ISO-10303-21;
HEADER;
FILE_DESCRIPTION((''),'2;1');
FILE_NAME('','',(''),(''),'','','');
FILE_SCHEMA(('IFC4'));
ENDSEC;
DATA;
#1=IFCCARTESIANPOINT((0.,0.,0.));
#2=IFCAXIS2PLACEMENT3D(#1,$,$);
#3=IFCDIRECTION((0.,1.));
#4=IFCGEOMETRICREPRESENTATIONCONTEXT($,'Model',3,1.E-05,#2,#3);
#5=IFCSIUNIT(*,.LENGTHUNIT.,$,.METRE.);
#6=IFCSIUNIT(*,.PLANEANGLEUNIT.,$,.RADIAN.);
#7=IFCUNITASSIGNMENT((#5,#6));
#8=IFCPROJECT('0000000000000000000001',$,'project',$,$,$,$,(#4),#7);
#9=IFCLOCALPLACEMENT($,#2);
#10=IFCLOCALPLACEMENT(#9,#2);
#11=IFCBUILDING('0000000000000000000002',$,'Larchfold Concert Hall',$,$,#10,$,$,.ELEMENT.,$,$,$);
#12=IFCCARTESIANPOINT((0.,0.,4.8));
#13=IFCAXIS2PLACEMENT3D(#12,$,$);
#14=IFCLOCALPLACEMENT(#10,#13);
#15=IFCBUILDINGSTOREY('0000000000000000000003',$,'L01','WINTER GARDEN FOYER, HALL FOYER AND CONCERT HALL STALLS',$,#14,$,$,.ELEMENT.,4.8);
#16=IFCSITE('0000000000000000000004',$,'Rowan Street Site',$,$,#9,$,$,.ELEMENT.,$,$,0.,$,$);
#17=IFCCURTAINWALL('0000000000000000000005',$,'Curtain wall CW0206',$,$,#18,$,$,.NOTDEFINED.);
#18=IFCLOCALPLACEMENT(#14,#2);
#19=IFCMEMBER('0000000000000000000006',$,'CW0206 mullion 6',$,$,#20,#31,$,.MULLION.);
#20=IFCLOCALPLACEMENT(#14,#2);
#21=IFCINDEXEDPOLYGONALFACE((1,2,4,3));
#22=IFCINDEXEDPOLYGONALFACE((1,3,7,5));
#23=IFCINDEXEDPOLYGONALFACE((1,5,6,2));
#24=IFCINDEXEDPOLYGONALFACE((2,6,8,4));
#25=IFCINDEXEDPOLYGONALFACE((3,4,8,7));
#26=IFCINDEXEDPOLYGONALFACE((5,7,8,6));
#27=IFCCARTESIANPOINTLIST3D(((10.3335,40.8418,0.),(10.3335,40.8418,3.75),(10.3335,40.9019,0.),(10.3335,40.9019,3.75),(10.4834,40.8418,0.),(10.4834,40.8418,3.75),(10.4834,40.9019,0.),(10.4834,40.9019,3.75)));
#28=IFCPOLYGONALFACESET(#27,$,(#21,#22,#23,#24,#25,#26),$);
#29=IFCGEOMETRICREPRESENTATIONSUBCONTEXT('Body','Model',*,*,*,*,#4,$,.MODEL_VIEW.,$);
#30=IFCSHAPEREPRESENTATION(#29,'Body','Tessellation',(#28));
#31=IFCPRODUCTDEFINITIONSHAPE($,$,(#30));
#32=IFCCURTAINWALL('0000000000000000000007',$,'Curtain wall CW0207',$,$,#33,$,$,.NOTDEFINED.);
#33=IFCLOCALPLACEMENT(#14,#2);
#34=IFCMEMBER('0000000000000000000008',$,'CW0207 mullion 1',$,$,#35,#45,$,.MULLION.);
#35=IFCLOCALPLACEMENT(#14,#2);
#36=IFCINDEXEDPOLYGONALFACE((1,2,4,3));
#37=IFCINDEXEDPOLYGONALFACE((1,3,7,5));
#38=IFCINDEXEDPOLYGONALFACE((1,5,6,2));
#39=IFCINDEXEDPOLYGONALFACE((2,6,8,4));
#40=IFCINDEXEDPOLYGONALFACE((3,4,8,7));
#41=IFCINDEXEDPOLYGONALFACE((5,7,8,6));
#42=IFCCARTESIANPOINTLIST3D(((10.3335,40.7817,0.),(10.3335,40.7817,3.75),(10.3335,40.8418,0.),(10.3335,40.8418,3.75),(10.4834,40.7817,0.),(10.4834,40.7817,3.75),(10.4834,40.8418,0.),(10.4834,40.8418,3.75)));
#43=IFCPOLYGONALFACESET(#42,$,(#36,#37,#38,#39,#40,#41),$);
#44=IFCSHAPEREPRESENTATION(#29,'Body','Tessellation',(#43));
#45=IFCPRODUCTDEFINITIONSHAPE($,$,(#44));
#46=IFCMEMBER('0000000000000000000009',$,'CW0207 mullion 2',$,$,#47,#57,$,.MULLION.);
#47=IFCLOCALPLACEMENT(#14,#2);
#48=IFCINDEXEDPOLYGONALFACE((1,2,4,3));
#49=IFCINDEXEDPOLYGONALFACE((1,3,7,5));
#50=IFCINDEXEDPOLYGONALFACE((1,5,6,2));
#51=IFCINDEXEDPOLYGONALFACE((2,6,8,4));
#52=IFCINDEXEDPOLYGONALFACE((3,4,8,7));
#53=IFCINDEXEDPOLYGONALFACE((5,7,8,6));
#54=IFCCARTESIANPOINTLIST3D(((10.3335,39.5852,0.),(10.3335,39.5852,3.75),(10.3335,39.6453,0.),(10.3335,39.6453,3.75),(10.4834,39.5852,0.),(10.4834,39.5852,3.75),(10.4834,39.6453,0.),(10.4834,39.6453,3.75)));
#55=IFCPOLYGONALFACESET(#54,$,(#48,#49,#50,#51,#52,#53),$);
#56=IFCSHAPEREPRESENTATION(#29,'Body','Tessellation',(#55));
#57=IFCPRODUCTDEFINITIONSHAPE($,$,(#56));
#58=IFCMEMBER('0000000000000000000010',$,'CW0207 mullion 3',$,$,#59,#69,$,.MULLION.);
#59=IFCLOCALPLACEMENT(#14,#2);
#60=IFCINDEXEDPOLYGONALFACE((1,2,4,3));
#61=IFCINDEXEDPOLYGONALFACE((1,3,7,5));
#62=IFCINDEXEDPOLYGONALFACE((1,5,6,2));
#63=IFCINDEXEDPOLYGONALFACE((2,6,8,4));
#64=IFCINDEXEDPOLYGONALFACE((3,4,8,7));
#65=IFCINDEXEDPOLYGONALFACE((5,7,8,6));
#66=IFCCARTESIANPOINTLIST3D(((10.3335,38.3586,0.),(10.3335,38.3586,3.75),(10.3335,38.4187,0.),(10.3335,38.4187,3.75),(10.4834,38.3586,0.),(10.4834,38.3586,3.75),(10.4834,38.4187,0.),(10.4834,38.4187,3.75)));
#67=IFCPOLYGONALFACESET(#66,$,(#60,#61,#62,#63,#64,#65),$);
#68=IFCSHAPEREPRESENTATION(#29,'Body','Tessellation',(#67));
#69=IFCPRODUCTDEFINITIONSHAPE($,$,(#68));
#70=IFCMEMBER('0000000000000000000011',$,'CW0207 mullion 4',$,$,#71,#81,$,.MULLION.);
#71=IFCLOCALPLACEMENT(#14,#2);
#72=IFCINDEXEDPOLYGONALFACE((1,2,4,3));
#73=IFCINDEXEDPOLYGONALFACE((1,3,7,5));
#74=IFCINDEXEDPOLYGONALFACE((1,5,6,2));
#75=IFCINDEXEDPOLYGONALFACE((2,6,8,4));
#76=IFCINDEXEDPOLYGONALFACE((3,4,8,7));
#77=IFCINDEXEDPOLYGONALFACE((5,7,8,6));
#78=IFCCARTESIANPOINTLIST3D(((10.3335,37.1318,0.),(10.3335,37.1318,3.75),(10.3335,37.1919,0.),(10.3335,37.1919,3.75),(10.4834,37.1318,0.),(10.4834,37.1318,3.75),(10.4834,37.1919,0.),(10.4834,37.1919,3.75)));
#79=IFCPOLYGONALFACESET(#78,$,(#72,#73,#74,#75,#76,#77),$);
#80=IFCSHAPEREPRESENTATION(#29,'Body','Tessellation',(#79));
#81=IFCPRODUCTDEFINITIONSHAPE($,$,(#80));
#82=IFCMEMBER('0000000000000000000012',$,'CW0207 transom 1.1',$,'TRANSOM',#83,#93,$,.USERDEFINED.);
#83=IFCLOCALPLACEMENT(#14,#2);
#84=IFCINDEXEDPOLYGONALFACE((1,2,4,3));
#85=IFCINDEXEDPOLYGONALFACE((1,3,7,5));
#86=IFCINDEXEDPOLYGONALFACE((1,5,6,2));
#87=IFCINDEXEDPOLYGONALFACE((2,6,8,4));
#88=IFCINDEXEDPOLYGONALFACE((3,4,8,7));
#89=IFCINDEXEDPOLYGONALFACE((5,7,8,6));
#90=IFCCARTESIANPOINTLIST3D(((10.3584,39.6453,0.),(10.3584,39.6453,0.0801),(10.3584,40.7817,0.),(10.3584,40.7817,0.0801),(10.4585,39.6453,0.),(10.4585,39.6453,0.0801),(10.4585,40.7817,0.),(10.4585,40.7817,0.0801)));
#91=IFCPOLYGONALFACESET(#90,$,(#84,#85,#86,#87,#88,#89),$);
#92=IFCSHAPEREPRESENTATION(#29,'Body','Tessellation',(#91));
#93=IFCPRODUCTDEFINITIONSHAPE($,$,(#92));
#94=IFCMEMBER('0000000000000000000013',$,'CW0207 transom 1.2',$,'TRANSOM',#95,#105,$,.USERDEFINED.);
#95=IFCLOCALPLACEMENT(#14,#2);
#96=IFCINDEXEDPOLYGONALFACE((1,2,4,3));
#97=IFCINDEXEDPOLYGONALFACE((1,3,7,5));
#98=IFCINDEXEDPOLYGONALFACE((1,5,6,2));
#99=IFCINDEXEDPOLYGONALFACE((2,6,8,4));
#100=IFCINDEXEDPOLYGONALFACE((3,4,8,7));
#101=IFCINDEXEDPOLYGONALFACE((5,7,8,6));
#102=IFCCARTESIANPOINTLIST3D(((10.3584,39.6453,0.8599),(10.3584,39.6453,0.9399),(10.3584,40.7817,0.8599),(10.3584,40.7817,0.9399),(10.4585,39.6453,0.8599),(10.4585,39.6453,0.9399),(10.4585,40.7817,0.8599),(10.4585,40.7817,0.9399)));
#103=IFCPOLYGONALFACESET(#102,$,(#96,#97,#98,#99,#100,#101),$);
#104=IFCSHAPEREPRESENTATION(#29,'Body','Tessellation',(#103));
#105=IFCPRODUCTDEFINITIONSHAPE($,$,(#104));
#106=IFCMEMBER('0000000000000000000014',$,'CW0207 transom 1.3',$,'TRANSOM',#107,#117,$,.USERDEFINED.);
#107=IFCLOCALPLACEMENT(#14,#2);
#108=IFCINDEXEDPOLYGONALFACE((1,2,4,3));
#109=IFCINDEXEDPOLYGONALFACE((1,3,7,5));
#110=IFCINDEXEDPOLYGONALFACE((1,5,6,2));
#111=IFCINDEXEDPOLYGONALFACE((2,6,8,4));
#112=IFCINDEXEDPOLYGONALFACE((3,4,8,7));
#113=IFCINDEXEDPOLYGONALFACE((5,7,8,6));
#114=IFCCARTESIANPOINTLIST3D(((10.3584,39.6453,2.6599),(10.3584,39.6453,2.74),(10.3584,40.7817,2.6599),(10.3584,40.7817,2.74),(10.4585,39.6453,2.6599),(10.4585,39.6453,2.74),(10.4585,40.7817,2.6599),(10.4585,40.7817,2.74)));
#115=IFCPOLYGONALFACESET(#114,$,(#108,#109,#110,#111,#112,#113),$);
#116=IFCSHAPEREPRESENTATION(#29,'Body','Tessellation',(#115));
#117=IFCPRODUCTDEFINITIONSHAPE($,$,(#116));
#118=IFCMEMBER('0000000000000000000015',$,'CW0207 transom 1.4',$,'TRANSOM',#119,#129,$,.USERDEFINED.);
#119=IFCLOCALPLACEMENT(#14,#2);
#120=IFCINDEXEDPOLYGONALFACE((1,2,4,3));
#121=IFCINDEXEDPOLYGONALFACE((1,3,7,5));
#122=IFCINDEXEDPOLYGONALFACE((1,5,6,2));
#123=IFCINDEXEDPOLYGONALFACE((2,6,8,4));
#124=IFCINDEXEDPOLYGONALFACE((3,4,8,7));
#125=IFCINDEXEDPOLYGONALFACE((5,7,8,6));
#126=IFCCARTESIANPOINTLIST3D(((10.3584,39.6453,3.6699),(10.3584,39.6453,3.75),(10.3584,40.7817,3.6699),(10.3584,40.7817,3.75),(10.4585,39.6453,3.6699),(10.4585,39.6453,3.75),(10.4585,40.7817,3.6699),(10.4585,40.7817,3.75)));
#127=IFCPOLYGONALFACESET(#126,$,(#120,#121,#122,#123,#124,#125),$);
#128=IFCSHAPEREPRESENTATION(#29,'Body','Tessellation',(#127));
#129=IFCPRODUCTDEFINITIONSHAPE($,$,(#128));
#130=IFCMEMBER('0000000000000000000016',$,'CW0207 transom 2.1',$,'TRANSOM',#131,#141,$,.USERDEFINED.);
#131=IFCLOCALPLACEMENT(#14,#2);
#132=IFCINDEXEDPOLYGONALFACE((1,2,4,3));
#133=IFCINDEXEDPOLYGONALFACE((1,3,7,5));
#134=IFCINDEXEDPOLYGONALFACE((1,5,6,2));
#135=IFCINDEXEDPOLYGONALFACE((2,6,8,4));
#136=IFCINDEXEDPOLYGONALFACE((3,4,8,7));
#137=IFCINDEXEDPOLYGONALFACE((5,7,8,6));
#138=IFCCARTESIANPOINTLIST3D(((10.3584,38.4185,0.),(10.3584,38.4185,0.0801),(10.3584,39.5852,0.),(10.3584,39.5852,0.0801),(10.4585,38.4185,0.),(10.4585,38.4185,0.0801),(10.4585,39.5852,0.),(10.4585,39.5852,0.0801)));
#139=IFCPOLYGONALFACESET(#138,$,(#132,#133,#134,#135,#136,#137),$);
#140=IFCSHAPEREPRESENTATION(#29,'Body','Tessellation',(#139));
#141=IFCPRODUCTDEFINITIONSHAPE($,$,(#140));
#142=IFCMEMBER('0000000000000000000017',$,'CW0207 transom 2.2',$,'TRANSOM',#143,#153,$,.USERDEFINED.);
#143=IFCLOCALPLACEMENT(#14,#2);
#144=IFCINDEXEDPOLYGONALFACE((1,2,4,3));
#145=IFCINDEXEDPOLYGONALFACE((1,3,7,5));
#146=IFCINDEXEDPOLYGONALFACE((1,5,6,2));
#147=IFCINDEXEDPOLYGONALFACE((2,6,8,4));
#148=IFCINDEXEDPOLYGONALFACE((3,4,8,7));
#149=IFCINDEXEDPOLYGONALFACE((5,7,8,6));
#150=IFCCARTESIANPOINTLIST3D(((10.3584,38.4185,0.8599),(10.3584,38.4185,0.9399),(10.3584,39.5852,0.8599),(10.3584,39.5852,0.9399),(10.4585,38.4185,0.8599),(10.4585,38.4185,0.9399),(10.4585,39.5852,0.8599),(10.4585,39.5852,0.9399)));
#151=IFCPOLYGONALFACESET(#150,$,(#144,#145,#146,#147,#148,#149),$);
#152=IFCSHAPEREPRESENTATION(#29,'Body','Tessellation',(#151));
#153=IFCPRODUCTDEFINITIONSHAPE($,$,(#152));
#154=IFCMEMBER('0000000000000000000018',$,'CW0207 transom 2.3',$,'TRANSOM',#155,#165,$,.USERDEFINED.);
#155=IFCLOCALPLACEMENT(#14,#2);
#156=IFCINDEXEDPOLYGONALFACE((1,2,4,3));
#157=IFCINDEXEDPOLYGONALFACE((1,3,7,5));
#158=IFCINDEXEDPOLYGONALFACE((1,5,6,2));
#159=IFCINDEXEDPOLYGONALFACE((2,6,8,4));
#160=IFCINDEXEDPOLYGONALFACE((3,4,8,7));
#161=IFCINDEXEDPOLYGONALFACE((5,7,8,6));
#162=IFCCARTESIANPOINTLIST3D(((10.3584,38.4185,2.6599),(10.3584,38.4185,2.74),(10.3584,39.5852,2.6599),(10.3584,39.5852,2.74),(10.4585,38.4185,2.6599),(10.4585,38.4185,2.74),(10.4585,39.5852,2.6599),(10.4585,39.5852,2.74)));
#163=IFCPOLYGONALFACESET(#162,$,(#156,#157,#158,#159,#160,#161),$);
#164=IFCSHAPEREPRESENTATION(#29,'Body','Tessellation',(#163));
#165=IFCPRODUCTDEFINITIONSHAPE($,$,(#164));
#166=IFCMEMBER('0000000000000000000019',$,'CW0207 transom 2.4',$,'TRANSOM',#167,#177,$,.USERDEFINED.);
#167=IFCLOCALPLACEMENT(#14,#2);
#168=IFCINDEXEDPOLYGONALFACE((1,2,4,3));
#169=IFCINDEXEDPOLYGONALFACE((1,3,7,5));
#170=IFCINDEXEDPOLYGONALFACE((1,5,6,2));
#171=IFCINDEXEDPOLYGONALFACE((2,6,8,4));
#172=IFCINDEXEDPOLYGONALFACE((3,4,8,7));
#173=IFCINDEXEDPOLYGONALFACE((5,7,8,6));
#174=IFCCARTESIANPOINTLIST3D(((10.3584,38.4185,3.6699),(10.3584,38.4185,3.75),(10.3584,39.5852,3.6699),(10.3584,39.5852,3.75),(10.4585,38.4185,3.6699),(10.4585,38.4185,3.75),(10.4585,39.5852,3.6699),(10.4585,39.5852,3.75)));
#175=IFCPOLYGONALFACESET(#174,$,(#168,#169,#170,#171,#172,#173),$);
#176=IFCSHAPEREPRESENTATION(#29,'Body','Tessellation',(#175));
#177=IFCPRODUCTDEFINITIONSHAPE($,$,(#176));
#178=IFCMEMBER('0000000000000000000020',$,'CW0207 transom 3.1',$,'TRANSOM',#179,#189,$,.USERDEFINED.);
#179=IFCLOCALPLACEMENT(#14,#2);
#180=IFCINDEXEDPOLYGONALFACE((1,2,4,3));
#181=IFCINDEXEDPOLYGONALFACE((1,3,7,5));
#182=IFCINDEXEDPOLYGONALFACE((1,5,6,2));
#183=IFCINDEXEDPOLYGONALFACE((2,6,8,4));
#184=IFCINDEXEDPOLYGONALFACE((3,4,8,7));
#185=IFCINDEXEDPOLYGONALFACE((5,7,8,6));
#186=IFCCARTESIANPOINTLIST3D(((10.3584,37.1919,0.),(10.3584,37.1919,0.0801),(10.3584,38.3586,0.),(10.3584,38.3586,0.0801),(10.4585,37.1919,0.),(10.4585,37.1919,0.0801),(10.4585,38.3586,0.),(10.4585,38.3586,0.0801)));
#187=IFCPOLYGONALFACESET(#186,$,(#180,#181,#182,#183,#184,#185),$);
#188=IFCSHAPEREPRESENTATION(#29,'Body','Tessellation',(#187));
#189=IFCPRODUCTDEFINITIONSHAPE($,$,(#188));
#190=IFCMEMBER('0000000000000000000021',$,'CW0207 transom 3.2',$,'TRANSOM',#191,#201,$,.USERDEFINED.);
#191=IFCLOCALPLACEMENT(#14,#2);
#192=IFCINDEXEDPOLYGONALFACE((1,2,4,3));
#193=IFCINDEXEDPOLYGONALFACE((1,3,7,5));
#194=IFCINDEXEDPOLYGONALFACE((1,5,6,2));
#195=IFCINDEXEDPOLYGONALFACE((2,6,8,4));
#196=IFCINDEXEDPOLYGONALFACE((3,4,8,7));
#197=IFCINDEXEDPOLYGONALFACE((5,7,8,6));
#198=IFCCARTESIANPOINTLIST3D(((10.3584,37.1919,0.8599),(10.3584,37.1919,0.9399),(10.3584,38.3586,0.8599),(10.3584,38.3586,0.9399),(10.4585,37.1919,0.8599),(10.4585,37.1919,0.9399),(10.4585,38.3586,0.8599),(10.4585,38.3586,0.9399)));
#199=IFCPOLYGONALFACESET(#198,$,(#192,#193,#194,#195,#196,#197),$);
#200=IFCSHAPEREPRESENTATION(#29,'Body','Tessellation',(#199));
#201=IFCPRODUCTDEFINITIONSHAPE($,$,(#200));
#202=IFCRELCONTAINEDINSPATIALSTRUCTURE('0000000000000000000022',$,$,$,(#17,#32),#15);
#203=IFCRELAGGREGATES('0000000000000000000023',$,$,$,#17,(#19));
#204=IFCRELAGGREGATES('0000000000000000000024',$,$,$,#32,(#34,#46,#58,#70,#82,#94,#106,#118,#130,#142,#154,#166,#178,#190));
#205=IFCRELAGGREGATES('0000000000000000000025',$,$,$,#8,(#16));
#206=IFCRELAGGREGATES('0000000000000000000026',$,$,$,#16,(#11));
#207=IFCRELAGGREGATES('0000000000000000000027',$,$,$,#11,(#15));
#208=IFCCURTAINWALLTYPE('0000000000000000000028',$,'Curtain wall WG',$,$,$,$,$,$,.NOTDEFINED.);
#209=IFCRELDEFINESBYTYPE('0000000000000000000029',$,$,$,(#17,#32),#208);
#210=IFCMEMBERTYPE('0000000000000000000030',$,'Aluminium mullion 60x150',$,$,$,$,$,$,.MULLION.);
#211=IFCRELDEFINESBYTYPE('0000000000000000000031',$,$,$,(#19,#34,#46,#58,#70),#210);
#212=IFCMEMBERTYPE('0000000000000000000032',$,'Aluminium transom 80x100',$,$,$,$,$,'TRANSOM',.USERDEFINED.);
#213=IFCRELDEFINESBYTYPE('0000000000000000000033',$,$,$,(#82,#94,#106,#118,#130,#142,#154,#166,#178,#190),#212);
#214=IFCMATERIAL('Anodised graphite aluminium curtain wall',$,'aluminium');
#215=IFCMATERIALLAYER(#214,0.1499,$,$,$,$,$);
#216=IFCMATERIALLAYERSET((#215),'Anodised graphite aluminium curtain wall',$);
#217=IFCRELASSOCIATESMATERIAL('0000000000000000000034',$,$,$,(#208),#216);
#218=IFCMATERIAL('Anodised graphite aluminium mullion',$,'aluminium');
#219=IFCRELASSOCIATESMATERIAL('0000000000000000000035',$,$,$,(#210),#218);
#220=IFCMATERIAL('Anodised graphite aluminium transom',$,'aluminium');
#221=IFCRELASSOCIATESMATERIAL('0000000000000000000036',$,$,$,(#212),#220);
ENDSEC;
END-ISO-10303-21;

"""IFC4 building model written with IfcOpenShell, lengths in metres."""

from ifc_helpers import new_model, si_unit, direction, frame, origin, origin_2d, place, context, subcontext, project, spatial, rectangle, extrude, material, layer, layer_set, material_profile, profile_set, type_object, element, aggregate, save


model = new_model("IFC4")

# Units and contexts
model_context = context("Model", 3, precision=1e-05, world=origin(), true_north=direction((0.0, 1.0)))
body_context = subcontext(model_context, "Body", "Model", "MODEL_VIEW")
ifc_project = project(units=[si_unit("LENGTHUNIT", "METRE"), si_unit("PLANEANGLEUNIT", "RADIAN")], contexts=[model_context])

# Site, building, storey
site_placement = place(None, origin())
site = spatial("IfcSite", under=ifc_project, at=site_placement, Name="Rowan Street Site", CompositionType="ELEMENT", RefElevation=0.0)
building_placement = place(site_placement, origin())
building = spatial("IfcBuilding", under=site, at=building_placement, Name="Larchfold Concert Hall", CompositionType="ELEMENT")
storey_placement = place(building_placement, frame((0.0, 0.0, 4.8)))
storey = spatial("IfcBuildingStorey", under=building, at=storey_placement, Name="L01", Description="WINTER GARDEN FOYER, HALL FOYER AND CONCERT HALL STALLS", CompositionType="ELEMENT", Elevation=4.8)

# Curtain wall, member
ifc_material_1 = material(Name="Anodised graphite aluminium curtain wall", Category="aluminium")
ifc_layer_1 = layer(ifc_material_1, 0.1499)
ifc_layer_set_1 = layer_set([ifc_layer_1], Name="Anodised graphite aluminium curtain wall")
curtain_wall_type = type_object("IfcCurtainWallType", Name="Curtain wall WG", PredefinedType="NOTDEFINED", material=ifc_layer_set_1)
curtain_wall_1_placement = place(storey_placement, origin())
curtain_wall_1 = element("IfcCurtainWall", 1, at=curtain_wall_1_placement, inside=storey, type_object=curtain_wall_type, Name="Curtain wall CW0206", PredefinedType="NOTDEFINED")
ifc_material_2 = material(Name="Anodised graphite aluminium mullion", Category="aluminium")
ifc_material_profile_1 = material_profile(ifc_material_2, rectangle(XDim=0.1499, YDim=0.0601, at=origin_2d()))
ifc_profile_set_1 = profile_set([ifc_material_profile_1], Name="Anodised graphite aluminium mullion")
member_type_1 = type_object("IfcMemberType", Name="Aluminium mullion 60x150", PredefinedType="MULLION", material=ifc_profile_set_1)
member_1_placement = place(storey_placement, frame((10.4084, 40.8718, 0.0), z_axis=(0.0, 0.0, 1.0), x_axis=(1.0, 0.0, 0.0)))
member_1 = element("IfcMember", 2, at=member_1_placement, type_object=member_type_1, Name="CW0206 mullion 6", PredefinedType="MULLION", context=body_context, shape_type="SweptSolid", body=[
    extrude(rectangle(XDim=0.1499, YDim=0.0601, at=origin_2d()), origin(), (0.0, 0.0, 1.0), 3.75),
])

# Curtain wall, members
curtain_wall_2_placement = place(storey_placement, origin())
curtain_wall_2 = element("IfcCurtainWall", 3, at=curtain_wall_2_placement, inside=storey, type_object=curtain_wall_type, Name="Curtain wall CW0207", PredefinedType="NOTDEFINED")
member_2_placement = place(storey_placement, frame((10.4084, 40.8118, 0.0), z_axis=(0.0, 0.0, 1.0), x_axis=(1.0, 0.0, 0.0)))
member_2 = element("IfcMember", 4, at=member_2_placement, type_object=member_type_1, Name="CW0207 mullion 1", PredefinedType="MULLION", context=body_context, shape_type="SweptSolid", body=[
    extrude(rectangle(XDim=0.1499, YDim=0.0601, at=origin_2d()), origin(), (0.0, 0.0, 1.0), 3.75),
])
member_3_placement = place(storey_placement, frame((10.4084, 39.6152, 0.0), z_axis=(0.0, 0.0, 1.0), x_axis=(1.0, 0.0, 0.0)))
member_3 = element("IfcMember", 5, at=member_3_placement, type_object=member_type_1, Name="CW0207 mullion 2", PredefinedType="MULLION", context=body_context, shape_type="SweptSolid", body=[
    extrude(rectangle(XDim=0.1499, YDim=0.0601, at=origin_2d()), origin(), (0.0, 0.0, 1.0), 3.75),
])
member_4_placement = place(storey_placement, frame((10.4084, 38.3887, 0.0), z_axis=(0.0, 0.0, 1.0), x_axis=(1.0, 0.0, 0.0)))
member_4 = element("IfcMember", 6, at=member_4_placement, type_object=member_type_1, Name="CW0207 mullion 3", PredefinedType="MULLION", context=body_context, shape_type="SweptSolid", body=[
    extrude(rectangle(XDim=0.1499, YDim=0.0601, at=origin_2d()), origin(), (0.0, 0.0, 1.0), 3.75),
])
member_5_placement = place(storey_placement, frame((10.4084, 37.1619, 0.0), z_axis=(0.0, 0.0, 1.0), x_axis=(1.0, 0.0, 0.0)))
member_5 = element("IfcMember", 7, at=member_5_placement, type_object=member_type_1, Name="CW0207 mullion 4", PredefinedType="MULLION", context=body_context, shape_type="SweptSolid", body=[
    extrude(rectangle(XDim=0.1499, YDim=0.0601, at=origin_2d()), origin(), (0.0, 0.0, 1.0), 3.75),
])
ifc_material_3 = material(Name="Anodised graphite aluminium transom", Category="aluminium")
ifc_material_profile_2 = material_profile(ifc_material_3, rectangle(XDim=0.1001, YDim=0.0801, at=origin_2d()))
ifc_profile_set_2 = profile_set([ifc_material_profile_2], Name="Anodised graphite aluminium transom")
member_type_2 = type_object("IfcMemberType", Name="Aluminium transom 80x100", ElementType="TRANSOM", PredefinedType="USERDEFINED", material=ifc_profile_set_2)
member_6_placement = place(storey_placement, frame((10.4084, 40.7817, 0.04), z_axis=(0.0, -1.0, 0.0), x_axis=(1.0, 0.0, 0.0)))
member_6 = element("IfcMember", 8, at=member_6_placement, type_object=member_type_2, Name="CW0207 transom 1.1", ObjectType="TRANSOM", PredefinedType="USERDEFINED", context=body_context, shape_type="SweptSolid", body=[
    extrude(rectangle(XDim=0.1001, YDim=0.0801, at=origin_2d()), origin(), (0.0, 0.0, 1.0), 1.1365),
])
member_7_placement = place(storey_placement, frame((10.4084, 40.7817, 0.8999), z_axis=(0.0, -1.0, 0.0), x_axis=(1.0, 0.0, 0.0)))
member_7 = element("IfcMember", 9, at=member_7_placement, type_object=member_type_2, Name="CW0207 transom 1.2", ObjectType="TRANSOM", PredefinedType="USERDEFINED", context=body_context, shape_type="SweptSolid", body=[
    extrude(rectangle(XDim=0.1001, YDim=0.0801, at=origin_2d()), origin(), (0.0, 0.0, 1.0), 1.1365),
])
member_8_placement = place(storey_placement, frame((10.4084, 40.7817, 2.7), z_axis=(0.0, -1.0, 0.0), x_axis=(1.0, 0.0, 0.0)))
member_8 = element("IfcMember", 10, at=member_8_placement, type_object=member_type_2, Name="CW0207 transom 1.3", ObjectType="TRANSOM", PredefinedType="USERDEFINED", context=body_context, shape_type="SweptSolid", body=[
    extrude(rectangle(XDim=0.1001, YDim=0.0801, at=origin_2d()), origin(), (0.0, 0.0, 1.0), 1.1365),
])
member_9_placement = place(storey_placement, frame((10.4084, 40.7817, 3.71), z_axis=(0.0, -1.0, 0.0), x_axis=(1.0, 0.0, 0.0)))
member_9 = element("IfcMember", 11, at=member_9_placement, type_object=member_type_2, Name="CW0207 transom 1.4", ObjectType="TRANSOM", PredefinedType="USERDEFINED", context=body_context, shape_type="SweptSolid", body=[
    extrude(rectangle(XDim=0.1001, YDim=0.0801, at=origin_2d()), origin(), (0.0, 0.0, 1.0), 1.1365),
])
member_10_placement = place(storey_placement, frame((10.4084, 39.5852, 0.04), z_axis=(0.0, -1.0, 0.0), x_axis=(1.0, 0.0, 0.0)))
member_10 = element("IfcMember", 12, at=member_10_placement, type_object=member_type_2, Name="CW0207 transom 2.1", ObjectType="TRANSOM", PredefinedType="USERDEFINED", context=body_context, shape_type="SweptSolid", body=[
    extrude(rectangle(XDim=0.1001, YDim=0.0801, at=origin_2d()), origin(), (0.0, 0.0, 1.0), 1.1667),
])
member_11_placement = place(storey_placement, frame((10.4084, 39.5852, 0.8999), z_axis=(0.0, -1.0, 0.0), x_axis=(1.0, 0.0, 0.0)))
member_11 = element("IfcMember", 13, at=member_11_placement, type_object=member_type_2, Name="CW0207 transom 2.2", ObjectType="TRANSOM", PredefinedType="USERDEFINED", context=body_context, shape_type="SweptSolid", body=[
    extrude(rectangle(XDim=0.1001, YDim=0.0801, at=origin_2d()), origin(), (0.0, 0.0, 1.0), 1.1667),
])
member_12_placement = place(storey_placement, frame((10.4084, 39.5852, 2.7), z_axis=(0.0, -1.0, 0.0), x_axis=(1.0, 0.0, 0.0)))
member_12 = element("IfcMember", 14, at=member_12_placement, type_object=member_type_2, Name="CW0207 transom 2.3", ObjectType="TRANSOM", PredefinedType="USERDEFINED", context=body_context, shape_type="SweptSolid", body=[
    extrude(rectangle(XDim=0.1001, YDim=0.0801, at=origin_2d()), origin(), (0.0, 0.0, 1.0), 1.1667),
])
member_13_placement = place(storey_placement, frame((10.4084, 39.5852, 3.71), z_axis=(0.0, -1.0, 0.0), x_axis=(1.0, 0.0, 0.0)))
member_13 = element("IfcMember", 15, at=member_13_placement, type_object=member_type_2, Name="CW0207 transom 2.4", ObjectType="TRANSOM", PredefinedType="USERDEFINED", context=body_context, shape_type="SweptSolid", body=[
    extrude(rectangle(XDim=0.1001, YDim=0.0801, at=origin_2d()), origin(), (0.0, 0.0, 1.0), 1.1667),
])
member_14_placement = place(storey_placement, frame((10.4084, 38.3586, 0.04), z_axis=(0.0, -1.0, 0.0), x_axis=(1.0, 0.0, 0.0)))
member_14 = element("IfcMember", 16, at=member_14_placement, type_object=member_type_2, Name="CW0207 transom 3.1", ObjectType="TRANSOM", PredefinedType="USERDEFINED", context=body_context, shape_type="SweptSolid", body=[
    extrude(rectangle(XDim=0.1001, YDim=0.0801, at=origin_2d()), origin(), (0.0, 0.0, 1.0), 1.1667),
])
member_15_placement = place(storey_placement, frame((10.4084, 38.3586, 0.8999), z_axis=(0.0, -1.0, 0.0), x_axis=(1.0, 0.0, 0.0)))
member_15 = element("IfcMember", 17, at=member_15_placement, type_object=member_type_2, Name="CW0207 transom 3.2", ObjectType="TRANSOM", PredefinedType="USERDEFINED", context=body_context, shape_type="SweptSolid", body=[
    extrude(rectangle(XDim=0.1001, YDim=0.0801, at=origin_2d()), origin(), (0.0, 0.0, 1.0), 1.1667),
])

aggregate(curtain_wall_1, [member_1])
aggregate(curtain_wall_2, [member_2, member_3, member_4, member_5, member_6, member_7, member_8, member_9, member_10, member_11, member_12, member_13, member_14, member_15])

save(model, "model.ifc")
